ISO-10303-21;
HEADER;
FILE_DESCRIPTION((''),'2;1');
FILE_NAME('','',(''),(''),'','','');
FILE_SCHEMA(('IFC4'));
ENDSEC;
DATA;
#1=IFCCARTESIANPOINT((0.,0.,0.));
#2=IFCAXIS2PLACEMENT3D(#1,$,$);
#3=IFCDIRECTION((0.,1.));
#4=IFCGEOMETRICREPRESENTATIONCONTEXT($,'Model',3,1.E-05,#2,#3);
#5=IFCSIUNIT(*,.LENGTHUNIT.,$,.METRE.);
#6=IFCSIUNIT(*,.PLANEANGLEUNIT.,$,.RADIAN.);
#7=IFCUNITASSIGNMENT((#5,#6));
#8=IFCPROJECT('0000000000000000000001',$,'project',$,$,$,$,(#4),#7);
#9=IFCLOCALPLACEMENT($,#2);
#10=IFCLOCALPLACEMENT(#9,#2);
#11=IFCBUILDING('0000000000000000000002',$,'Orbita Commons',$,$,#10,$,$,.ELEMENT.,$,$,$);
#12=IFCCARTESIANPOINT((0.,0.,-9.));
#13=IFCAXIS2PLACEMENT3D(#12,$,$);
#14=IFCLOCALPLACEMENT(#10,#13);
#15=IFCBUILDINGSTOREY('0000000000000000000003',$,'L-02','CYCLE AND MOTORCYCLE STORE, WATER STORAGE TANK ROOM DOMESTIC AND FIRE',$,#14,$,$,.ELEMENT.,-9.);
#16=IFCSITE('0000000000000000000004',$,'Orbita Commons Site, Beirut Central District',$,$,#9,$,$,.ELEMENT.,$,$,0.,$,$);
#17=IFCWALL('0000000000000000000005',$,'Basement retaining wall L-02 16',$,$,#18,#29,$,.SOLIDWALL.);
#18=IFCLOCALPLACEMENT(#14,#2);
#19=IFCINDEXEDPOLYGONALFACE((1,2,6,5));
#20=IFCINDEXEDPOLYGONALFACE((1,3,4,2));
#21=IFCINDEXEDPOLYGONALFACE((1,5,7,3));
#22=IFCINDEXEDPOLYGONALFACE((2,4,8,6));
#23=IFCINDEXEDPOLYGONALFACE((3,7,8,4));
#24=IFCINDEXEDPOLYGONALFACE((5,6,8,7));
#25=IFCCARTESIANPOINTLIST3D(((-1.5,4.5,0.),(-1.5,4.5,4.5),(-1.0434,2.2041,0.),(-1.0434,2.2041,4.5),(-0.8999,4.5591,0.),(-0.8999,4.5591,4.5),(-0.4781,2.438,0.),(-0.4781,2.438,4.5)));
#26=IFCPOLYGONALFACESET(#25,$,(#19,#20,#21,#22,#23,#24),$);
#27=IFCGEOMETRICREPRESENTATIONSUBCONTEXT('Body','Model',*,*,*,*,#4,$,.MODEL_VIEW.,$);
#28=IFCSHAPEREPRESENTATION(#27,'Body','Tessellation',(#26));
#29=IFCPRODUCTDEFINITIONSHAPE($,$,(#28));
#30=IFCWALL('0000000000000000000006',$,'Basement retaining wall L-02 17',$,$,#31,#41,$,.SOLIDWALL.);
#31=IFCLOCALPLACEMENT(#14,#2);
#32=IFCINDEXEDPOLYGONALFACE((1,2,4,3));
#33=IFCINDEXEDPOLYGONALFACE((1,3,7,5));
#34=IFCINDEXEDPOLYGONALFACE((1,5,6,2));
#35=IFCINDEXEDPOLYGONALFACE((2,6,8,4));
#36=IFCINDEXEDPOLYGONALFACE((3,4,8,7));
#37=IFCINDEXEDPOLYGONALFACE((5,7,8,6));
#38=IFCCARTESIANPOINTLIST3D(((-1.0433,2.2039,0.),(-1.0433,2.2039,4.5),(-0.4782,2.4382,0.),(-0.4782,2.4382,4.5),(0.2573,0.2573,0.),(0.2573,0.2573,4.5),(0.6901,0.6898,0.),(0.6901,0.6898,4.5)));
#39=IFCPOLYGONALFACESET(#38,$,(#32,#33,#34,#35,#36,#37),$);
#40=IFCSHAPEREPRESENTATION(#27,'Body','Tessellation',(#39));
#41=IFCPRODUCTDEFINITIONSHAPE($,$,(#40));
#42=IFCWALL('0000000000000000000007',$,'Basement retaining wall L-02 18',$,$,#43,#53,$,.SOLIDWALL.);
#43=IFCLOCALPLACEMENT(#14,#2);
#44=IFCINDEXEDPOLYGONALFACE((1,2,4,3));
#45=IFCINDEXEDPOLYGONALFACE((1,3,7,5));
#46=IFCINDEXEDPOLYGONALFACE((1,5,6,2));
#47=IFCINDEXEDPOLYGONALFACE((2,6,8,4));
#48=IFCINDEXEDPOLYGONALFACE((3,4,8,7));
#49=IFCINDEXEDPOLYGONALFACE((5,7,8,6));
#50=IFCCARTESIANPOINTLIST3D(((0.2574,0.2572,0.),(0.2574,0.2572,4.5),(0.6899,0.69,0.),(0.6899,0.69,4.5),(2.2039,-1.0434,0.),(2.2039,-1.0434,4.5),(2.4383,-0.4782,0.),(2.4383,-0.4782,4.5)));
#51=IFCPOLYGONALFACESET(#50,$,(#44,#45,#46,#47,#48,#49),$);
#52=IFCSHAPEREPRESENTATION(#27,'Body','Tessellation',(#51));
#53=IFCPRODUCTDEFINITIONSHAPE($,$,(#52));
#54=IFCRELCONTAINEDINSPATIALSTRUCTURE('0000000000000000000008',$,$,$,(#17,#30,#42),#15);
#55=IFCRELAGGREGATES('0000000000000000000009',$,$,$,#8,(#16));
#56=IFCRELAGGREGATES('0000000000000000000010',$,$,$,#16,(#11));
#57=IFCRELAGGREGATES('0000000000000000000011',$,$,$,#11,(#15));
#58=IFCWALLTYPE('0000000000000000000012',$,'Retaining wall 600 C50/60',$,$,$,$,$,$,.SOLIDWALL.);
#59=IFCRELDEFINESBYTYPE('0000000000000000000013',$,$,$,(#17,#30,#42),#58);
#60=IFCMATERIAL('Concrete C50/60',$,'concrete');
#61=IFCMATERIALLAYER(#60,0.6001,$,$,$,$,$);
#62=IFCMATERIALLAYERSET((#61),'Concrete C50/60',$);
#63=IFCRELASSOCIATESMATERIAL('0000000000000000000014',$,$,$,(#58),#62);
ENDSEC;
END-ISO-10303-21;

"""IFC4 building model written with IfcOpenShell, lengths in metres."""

from ifc_helpers import new_model, si_unit, direction, frame, origin, place, context, subcontext, project, spatial, polyline, outline, extrude, material, layer, layer_set, type_object, element, save


model = new_model("IFC4")

# Units and contexts
model_context = context("Model", 3, precision=1e-05, world=origin(), true_north=direction((0.0, 1.0)))
body_context = subcontext(model_context, "Body", "Model", "MODEL_VIEW")
ifc_project = project(units=[si_unit("LENGTHUNIT", "METRE"), si_unit("PLANEANGLEUNIT", "RADIAN")], contexts=[model_context])

# Site, building, storey
site_placement = place(None, origin())
site = spatial("IfcSite", under=ifc_project, at=site_placement, Name="Orbita Commons Site, Beirut Central District", CompositionType="ELEMENT", RefElevation=0.0)
building_placement = place(site_placement, origin())
building = spatial("IfcBuilding", under=site, at=building_placement, Name="Orbita Commons", CompositionType="ELEMENT")
storey_placement = place(building_placement, frame((0.0, 0.0, -9.0)))
storey = spatial("IfcBuildingStorey", under=building, at=storey_placement, Name="L-02", Description="CYCLE AND MOTORCYCLE STORE, WATER STORAGE TANK ROOM DOMESTIC AND FIRE", CompositionType="ELEMENT", Elevation=-9.0)

# Walls
ifc_material_1 = material(Name="Concrete C50/60", Category="concrete")
ifc_layer_1 = layer(ifc_material_1, 0.6001)
ifc_layer_set_1 = layer_set([ifc_layer_1], Name="Concrete C50/60")
wall_type_1 = type_object("IfcWallType", Name="Retaining wall 600 C50/60", PredefinedType="SOLIDWALL", material=ifc_layer_set_1)
wall_1_placement = place(storey_placement, frame((-1.2, 4.5295, 0.0), z_axis=(0.0, 0.0, 1.0), x_axis=(0.195053, -0.980793, 0.0)))
element("IfcWall", 1, at=wall_1_placement, inside=storey, type_object=wall_type_1, Name="Basement retaining wall L-02 16", PredefinedType="SOLIDWALL", context=body_context, shape_type="SweptSolid", body=[
    extrude(outline(polyline([(-0.0295, -0.3), (2.3113, -0.3), (2.1921, 0.3), (0.0295, 0.3), (-0.0295, -0.3)])), origin(), (0.0, 0.0, 1.0), 4.5),
])
for number, where, z_axis, x_axis, name in (
    (2, (-0.7607, 2.321, 0.0), (0.0, 0.0, 1.0), (0.555562, -0.831475, 0.0), "Basement retaining wall L-02 17"),
    (3, (0.4736, 0.4736, 0.0), (0.0, 0.0, 1.0), (0.831475, -0.555562, 0.0), "Basement retaining wall L-02 18"),
):
    element("IfcWall", number, at=place(storey_placement, frame(where, z_axis=z_axis, x_axis=x_axis)), inside=storey, type_object=wall_type_1, Name=name, PredefinedType="SOLIDWALL", context=body_context, shape_type="SweptSolid", body=[
        extrude(outline(polyline([(-0.0596, -0.3), (2.2815, -0.3), (2.1624, 0.3), (0.0596, 0.3), (-0.0596, -0.3)])), origin(), (0.0, 0.0, 1.0), 4.5),
    ])

save(model, "model.ifc")
